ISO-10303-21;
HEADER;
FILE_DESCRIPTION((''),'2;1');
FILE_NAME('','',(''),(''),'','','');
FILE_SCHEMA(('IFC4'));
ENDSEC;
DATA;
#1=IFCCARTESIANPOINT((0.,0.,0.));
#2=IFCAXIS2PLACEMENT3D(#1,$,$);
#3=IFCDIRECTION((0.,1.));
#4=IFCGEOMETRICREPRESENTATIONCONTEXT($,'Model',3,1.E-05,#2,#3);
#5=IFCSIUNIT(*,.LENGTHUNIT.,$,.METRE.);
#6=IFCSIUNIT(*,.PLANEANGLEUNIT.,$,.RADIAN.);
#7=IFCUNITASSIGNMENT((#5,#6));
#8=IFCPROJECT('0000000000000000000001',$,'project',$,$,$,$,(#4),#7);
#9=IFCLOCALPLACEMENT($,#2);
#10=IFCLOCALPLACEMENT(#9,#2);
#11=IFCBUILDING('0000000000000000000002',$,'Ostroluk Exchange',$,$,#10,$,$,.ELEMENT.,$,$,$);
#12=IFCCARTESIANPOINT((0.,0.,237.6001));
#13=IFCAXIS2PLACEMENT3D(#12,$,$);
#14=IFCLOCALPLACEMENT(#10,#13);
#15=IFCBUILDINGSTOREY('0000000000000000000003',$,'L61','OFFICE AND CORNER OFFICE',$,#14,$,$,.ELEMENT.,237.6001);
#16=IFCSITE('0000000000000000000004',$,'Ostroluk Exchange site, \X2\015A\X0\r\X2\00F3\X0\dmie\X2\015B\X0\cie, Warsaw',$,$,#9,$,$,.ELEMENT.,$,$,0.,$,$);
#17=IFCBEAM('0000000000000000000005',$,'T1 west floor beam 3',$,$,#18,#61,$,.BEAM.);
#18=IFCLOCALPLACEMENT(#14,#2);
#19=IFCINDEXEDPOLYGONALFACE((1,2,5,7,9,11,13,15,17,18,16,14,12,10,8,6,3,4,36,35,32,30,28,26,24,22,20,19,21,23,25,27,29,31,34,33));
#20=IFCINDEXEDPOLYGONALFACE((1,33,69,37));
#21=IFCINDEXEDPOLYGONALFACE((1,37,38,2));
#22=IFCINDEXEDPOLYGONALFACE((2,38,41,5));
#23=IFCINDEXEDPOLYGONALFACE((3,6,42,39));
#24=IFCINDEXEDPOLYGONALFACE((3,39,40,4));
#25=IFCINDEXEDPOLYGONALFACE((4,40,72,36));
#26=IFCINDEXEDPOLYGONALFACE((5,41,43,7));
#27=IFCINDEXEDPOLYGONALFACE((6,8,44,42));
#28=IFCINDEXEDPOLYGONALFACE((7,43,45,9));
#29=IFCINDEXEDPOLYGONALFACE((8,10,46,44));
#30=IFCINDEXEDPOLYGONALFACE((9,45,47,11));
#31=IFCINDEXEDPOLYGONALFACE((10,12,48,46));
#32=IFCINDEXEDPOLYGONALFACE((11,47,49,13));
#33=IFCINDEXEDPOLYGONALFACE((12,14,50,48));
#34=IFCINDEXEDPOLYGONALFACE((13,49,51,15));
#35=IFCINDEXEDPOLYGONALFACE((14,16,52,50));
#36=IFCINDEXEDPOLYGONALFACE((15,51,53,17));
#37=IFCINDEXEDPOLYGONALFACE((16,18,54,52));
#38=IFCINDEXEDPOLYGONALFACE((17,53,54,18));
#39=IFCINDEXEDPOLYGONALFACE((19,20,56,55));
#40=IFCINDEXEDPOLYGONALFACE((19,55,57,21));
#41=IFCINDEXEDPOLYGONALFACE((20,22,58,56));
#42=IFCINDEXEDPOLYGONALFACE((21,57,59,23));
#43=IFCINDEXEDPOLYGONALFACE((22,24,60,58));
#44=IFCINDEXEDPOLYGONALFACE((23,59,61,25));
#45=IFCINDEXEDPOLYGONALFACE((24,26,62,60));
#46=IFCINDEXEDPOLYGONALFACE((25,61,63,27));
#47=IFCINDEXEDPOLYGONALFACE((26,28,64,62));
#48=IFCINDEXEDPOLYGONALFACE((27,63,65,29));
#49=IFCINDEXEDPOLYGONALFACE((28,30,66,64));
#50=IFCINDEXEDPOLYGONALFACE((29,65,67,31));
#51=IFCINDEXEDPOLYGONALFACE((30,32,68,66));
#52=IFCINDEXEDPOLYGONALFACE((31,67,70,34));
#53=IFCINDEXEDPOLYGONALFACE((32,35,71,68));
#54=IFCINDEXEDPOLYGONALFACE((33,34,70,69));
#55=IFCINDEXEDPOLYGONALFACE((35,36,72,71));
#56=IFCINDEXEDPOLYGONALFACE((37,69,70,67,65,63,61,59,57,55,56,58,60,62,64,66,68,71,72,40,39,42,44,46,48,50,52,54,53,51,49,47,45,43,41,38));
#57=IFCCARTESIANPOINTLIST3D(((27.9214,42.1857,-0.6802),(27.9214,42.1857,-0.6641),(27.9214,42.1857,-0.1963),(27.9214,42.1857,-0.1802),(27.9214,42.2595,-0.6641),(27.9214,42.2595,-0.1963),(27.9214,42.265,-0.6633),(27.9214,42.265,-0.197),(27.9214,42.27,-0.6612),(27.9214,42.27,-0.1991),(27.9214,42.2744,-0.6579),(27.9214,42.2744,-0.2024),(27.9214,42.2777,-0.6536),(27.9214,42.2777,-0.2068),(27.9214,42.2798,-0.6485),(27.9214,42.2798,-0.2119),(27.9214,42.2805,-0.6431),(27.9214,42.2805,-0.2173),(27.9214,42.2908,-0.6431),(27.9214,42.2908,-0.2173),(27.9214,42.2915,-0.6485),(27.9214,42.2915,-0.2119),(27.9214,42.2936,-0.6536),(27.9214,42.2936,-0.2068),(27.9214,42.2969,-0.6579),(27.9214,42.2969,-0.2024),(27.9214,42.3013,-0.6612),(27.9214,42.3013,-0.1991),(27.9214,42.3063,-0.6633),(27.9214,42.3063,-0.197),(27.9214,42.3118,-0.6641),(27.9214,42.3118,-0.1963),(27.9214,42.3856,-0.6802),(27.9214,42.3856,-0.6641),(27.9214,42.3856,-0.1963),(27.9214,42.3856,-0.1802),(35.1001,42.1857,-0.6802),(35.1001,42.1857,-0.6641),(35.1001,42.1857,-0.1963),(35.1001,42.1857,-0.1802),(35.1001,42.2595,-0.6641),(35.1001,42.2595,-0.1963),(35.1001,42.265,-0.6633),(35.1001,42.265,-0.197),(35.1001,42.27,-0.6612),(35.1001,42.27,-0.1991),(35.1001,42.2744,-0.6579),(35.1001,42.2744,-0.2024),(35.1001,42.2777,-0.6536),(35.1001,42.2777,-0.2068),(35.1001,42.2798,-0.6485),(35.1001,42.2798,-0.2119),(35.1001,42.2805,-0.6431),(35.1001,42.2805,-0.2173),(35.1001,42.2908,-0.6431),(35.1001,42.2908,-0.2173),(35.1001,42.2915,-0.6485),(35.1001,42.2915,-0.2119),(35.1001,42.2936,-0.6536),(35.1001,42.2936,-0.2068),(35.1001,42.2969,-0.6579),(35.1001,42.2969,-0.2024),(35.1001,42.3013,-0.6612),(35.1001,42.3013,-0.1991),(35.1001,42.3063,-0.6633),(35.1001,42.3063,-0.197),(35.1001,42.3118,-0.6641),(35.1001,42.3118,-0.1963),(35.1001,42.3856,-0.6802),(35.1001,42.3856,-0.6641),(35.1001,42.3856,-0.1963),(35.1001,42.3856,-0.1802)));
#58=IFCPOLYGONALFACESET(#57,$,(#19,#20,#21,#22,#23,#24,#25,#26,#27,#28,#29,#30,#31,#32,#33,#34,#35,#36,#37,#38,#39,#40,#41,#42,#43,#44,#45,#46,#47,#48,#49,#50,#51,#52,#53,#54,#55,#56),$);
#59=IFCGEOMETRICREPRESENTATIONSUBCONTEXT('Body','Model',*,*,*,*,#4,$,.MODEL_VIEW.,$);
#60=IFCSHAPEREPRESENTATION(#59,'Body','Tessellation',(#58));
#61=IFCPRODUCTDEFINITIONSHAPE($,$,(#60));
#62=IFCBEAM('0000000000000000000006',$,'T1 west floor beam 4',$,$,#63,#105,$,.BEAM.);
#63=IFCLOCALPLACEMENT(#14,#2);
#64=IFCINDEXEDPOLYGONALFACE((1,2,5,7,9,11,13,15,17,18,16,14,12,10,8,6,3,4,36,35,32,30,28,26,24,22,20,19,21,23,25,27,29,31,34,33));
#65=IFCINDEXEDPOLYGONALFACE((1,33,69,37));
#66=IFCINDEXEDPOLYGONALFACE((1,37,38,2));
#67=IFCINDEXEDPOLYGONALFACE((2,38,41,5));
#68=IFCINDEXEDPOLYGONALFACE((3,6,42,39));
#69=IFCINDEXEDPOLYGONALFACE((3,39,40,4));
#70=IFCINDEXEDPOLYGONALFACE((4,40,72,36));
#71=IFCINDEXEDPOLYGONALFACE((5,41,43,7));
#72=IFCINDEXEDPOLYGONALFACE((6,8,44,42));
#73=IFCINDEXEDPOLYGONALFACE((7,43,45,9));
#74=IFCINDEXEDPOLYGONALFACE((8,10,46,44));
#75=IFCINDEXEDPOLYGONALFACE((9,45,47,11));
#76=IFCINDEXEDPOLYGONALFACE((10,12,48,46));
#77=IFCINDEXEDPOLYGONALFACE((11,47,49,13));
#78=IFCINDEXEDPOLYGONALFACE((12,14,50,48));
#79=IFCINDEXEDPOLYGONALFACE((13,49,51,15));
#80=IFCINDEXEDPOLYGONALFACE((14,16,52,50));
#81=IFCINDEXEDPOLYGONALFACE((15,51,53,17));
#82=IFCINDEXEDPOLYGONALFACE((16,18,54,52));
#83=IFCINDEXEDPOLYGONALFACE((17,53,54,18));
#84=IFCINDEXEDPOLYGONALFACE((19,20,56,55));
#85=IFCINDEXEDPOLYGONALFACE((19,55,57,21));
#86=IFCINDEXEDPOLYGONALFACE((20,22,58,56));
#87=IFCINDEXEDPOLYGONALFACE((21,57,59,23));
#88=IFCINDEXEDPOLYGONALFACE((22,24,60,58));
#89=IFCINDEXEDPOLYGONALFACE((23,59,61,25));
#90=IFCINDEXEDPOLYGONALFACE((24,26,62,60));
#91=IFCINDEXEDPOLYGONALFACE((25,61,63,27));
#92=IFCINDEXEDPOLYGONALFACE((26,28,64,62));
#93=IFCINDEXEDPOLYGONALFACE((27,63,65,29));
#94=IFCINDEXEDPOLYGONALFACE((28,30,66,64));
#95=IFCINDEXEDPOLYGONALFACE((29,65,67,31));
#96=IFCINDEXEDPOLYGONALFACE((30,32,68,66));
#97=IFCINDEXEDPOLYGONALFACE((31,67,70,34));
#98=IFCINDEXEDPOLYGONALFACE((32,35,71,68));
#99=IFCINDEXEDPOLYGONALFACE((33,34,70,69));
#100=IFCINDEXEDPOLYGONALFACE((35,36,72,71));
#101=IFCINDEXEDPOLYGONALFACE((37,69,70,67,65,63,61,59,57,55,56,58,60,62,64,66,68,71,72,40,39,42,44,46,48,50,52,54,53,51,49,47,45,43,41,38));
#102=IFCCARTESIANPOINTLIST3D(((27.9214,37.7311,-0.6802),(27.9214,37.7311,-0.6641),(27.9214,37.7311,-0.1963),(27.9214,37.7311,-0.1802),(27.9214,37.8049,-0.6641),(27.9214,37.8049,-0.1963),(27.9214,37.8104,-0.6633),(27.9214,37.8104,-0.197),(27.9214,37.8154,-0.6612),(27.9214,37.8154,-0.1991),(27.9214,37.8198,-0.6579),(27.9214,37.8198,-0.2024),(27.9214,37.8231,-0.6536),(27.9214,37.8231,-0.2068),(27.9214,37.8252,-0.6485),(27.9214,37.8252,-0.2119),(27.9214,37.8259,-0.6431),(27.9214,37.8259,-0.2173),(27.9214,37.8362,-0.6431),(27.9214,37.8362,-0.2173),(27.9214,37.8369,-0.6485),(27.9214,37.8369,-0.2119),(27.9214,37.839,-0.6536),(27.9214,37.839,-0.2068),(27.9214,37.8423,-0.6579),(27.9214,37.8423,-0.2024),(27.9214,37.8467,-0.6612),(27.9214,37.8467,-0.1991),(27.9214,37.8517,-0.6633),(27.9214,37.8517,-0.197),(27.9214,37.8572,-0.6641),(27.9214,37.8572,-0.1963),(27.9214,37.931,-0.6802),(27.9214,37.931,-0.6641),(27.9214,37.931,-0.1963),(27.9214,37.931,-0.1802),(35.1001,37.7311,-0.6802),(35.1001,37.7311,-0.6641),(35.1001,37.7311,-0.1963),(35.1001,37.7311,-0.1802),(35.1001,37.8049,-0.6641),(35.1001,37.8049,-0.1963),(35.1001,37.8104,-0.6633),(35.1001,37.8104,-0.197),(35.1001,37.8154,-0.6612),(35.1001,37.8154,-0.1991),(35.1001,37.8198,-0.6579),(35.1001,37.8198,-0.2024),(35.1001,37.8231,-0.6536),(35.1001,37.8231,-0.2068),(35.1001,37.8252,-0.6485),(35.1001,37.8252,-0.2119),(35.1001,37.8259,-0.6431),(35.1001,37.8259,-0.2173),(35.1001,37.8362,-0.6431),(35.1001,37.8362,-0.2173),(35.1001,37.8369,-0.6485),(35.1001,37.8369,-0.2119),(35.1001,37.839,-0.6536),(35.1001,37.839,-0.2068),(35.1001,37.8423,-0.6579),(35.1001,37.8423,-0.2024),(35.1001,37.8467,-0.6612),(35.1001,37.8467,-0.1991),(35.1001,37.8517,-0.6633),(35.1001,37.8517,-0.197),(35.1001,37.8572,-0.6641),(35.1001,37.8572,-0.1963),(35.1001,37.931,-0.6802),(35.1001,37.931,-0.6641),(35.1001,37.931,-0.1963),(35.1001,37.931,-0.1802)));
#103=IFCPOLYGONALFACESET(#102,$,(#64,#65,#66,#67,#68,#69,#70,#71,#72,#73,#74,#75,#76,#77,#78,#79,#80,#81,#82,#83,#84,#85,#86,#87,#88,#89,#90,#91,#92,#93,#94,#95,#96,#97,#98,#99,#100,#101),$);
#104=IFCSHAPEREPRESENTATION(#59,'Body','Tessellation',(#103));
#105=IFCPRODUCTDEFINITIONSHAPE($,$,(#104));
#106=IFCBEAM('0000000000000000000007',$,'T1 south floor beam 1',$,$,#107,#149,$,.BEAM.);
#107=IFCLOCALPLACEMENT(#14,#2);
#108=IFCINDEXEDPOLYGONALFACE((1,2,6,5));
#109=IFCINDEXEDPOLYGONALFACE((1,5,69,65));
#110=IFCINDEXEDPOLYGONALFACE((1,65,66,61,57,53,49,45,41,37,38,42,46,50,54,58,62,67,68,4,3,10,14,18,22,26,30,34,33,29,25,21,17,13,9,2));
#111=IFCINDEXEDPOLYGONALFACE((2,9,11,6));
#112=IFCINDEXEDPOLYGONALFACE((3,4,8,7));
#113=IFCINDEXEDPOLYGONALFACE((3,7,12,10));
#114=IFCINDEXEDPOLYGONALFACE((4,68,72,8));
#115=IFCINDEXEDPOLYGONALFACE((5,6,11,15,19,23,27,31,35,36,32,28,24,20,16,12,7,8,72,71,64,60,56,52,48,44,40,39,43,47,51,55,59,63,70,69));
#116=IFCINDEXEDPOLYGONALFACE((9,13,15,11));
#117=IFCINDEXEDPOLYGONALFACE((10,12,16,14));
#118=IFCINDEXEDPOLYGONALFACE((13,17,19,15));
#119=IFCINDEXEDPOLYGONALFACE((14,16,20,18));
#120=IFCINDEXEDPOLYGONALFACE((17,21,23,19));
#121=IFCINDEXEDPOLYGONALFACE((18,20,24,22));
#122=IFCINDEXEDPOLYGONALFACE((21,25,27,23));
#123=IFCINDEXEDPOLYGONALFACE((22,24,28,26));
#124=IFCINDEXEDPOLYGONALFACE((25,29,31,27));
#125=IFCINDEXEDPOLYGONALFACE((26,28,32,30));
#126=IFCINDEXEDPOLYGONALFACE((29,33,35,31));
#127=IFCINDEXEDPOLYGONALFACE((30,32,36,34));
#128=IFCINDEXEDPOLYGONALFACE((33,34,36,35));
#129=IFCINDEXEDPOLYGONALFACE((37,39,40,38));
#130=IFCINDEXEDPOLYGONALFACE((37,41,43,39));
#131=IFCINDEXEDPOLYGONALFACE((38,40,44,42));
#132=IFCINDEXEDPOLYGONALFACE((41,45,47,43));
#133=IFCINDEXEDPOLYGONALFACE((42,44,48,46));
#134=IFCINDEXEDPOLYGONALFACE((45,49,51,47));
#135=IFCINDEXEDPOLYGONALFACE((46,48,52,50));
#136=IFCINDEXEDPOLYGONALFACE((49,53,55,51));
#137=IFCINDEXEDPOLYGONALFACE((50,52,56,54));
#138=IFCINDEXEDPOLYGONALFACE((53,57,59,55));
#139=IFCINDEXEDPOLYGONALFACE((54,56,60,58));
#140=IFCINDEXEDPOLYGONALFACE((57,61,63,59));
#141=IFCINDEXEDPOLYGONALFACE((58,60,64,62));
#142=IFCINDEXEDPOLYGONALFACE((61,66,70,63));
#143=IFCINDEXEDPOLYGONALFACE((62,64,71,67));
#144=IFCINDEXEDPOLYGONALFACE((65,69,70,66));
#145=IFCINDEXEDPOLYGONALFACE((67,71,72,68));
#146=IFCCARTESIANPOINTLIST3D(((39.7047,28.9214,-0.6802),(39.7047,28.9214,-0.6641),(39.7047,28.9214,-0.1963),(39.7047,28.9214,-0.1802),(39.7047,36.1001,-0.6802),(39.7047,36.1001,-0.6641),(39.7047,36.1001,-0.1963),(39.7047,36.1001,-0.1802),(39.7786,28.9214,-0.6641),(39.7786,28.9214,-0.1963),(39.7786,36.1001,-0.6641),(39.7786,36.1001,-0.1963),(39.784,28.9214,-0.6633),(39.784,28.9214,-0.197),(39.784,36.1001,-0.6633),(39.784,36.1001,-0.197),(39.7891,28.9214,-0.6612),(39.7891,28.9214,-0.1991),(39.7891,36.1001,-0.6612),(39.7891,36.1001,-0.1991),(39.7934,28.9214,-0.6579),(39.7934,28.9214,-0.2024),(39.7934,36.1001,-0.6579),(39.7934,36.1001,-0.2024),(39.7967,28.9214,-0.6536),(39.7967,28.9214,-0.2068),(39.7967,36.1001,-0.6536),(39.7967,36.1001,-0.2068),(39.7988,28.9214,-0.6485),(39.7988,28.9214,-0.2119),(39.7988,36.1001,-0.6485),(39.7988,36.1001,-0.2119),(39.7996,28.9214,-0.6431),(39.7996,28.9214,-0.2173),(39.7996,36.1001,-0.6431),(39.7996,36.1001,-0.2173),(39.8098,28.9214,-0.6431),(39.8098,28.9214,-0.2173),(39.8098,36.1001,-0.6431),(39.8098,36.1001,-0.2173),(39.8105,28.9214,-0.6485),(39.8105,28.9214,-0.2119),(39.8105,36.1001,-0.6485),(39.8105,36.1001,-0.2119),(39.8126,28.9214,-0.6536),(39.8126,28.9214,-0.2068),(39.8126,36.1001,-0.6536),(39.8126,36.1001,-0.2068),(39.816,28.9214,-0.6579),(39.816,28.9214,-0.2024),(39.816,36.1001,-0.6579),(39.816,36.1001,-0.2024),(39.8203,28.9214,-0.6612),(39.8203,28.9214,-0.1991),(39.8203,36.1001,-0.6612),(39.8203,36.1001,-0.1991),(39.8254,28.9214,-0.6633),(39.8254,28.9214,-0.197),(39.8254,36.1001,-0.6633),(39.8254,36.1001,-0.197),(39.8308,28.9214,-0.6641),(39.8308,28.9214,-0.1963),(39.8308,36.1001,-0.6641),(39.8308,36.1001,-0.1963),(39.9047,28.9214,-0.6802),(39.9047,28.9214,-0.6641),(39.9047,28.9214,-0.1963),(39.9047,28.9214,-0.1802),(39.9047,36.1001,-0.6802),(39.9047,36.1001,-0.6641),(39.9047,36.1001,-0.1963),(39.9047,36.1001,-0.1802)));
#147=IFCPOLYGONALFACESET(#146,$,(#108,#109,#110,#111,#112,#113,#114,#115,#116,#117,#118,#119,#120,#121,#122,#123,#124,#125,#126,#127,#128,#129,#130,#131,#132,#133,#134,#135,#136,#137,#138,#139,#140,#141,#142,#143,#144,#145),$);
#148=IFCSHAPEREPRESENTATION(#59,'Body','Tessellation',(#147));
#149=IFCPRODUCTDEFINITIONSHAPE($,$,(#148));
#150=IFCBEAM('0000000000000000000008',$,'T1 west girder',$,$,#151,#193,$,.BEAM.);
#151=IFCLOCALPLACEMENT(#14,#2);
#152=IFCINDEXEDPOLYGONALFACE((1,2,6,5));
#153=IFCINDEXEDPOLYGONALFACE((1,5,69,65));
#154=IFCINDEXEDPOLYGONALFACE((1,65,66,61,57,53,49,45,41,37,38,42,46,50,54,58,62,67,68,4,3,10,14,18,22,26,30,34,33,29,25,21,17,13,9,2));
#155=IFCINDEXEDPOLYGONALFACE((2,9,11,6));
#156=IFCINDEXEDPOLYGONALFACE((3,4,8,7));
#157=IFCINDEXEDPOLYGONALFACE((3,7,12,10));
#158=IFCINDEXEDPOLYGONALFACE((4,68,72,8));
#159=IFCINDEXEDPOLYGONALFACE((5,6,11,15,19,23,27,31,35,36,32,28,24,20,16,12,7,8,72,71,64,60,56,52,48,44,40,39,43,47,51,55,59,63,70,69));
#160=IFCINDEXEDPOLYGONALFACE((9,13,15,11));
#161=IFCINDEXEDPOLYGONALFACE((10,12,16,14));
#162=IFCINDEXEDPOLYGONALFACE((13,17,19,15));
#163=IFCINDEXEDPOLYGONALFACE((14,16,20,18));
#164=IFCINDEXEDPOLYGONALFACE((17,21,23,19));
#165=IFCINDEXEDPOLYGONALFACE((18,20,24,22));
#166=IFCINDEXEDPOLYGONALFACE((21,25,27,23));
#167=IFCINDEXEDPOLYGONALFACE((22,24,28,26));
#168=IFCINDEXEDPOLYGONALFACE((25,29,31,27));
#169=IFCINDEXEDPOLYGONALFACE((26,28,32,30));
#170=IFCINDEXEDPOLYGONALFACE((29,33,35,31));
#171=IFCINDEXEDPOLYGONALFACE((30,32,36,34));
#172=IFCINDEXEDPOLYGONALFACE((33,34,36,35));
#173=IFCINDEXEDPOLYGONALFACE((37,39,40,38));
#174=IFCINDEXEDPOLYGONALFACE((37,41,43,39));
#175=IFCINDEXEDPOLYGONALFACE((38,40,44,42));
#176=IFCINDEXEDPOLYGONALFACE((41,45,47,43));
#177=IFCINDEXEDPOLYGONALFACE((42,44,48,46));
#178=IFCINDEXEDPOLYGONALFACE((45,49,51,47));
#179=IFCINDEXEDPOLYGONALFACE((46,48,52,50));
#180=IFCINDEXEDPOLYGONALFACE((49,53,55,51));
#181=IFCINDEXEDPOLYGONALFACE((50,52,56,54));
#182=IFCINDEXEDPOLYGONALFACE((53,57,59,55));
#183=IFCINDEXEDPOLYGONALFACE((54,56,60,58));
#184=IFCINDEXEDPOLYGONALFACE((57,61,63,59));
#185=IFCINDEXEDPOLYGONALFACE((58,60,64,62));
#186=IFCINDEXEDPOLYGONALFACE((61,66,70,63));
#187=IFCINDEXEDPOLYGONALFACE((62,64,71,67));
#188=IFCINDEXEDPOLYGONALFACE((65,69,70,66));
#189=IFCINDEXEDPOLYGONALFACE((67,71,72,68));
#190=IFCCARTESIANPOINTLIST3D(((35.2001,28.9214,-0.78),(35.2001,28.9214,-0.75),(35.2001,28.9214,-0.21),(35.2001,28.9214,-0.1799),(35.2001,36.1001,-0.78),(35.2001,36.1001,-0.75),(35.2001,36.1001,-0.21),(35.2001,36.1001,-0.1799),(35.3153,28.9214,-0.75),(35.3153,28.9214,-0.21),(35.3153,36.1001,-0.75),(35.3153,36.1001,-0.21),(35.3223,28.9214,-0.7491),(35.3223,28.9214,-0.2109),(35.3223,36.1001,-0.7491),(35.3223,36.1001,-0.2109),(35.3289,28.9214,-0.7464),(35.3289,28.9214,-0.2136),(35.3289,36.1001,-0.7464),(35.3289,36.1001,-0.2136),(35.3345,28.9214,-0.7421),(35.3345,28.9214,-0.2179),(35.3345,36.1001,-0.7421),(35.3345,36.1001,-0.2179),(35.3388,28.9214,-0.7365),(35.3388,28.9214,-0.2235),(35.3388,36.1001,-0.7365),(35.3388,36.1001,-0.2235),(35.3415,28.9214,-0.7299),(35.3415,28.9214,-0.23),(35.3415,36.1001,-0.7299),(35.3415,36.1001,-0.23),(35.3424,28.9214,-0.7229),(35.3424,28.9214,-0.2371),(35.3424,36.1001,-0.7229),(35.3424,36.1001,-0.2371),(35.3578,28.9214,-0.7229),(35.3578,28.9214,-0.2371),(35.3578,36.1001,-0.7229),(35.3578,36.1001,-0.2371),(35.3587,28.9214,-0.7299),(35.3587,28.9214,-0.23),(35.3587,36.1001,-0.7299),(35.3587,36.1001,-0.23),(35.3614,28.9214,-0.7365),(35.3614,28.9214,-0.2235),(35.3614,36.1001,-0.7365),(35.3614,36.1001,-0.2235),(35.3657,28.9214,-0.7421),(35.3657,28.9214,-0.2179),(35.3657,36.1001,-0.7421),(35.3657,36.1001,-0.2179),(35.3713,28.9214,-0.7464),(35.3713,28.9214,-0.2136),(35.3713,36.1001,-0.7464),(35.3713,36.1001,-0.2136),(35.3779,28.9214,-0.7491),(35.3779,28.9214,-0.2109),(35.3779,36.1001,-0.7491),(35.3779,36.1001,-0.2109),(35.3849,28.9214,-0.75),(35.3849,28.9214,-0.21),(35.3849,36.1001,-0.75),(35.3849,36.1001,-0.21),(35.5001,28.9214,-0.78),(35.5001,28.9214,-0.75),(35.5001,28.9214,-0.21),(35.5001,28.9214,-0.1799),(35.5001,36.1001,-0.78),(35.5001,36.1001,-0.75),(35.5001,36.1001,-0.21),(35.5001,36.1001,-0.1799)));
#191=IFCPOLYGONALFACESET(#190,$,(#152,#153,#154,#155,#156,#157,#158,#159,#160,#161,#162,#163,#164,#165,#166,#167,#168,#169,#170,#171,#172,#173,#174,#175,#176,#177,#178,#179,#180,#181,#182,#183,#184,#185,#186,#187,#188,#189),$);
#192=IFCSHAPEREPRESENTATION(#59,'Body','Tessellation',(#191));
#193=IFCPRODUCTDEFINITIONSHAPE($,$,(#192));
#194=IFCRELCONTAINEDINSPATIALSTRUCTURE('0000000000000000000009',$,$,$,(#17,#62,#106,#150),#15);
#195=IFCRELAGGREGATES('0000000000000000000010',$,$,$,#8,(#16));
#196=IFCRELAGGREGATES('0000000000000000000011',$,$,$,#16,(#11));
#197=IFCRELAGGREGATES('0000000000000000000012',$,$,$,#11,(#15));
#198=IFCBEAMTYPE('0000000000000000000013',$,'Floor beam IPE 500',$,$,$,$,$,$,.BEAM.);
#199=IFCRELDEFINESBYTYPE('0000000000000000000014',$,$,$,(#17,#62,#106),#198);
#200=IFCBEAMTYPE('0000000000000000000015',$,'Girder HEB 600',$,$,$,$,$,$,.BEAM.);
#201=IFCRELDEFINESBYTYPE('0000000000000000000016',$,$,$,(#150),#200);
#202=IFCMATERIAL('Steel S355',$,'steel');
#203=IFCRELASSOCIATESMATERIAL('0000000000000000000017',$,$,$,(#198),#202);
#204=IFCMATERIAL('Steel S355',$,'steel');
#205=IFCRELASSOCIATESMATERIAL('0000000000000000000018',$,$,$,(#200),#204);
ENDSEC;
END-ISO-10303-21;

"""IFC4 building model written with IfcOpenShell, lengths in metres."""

from ifc_helpers import new_model, si_unit, direction, frame, origin, origin_2d, place, context, subcontext, project, spatial, i_section, extrude, material, material_profile, profile_set, type_object, element, save


model = new_model("IFC4")

# Units and contexts
model_context = context("Model", 3, precision=1e-05, world=origin(), true_north=direction((0.0, 1.0)))
body_context = subcontext(model_context, "Body", "Model", "MODEL_VIEW")
ifc_project = project(units=[si_unit("LENGTHUNIT", "METRE"), si_unit("PLANEANGLEUNIT", "RADIAN")], contexts=[model_context])

# Site, building, storey
site_placement = place(None, origin())
site = spatial("IfcSite", under=ifc_project, at=site_placement, Name="Ostroluk Exchange site, Śródmieście, Warsaw", CompositionType="ELEMENT", RefElevation=0.0)
building_placement = place(site_placement, origin())
building = spatial("IfcBuilding", under=site, at=building_placement, Name="Ostroluk Exchange", CompositionType="ELEMENT")
storey_placement = place(building_placement, frame((0.0, 0.0, 237.6001)))
storey = spatial("IfcBuildingStorey", under=building, at=storey_placement, Name="L61", Description="OFFICE AND CORNER OFFICE", CompositionType="ELEMENT", Elevation=237.6001)

# Beams
ifc_material_1 = material(Name="Steel S355", Category="steel")
ifc_material_profile_1 = material_profile(ifc_material_1, i_section(OverallWidth=0.2, OverallDepth=0.5, WebThickness=0.0103, FlangeThickness=0.0161, FilletRadius=0.021, at=origin_2d()), Name="IPE 500")
ifc_profile_set_1 = profile_set([ifc_material_profile_1], Name="Steel S355")
beam_type_1 = type_object("IfcBeamType", Name="Floor beam IPE 500", PredefinedType="BEAM", material=ifc_profile_set_1)
for number, where, z_axis, x_axis, name in (
    (1, (35.1001, 42.2856, -0.4302), (-1.0, 0.0, 0.0), (0.0, -1.0, 0.0), "T1 west floor beam 3"),
    (2, (35.1001, 37.8311, -0.4302), (-1.0, 0.0, 0.0), (0.0, -1.0, 0.0), "T1 west floor beam 4"),
    (3, (39.8047, 36.1001, -0.4302), (0.0, -1.0, 0.0), (1.0, 0.0, 0.0), "T1 south floor beam 1"),
):
    element("IfcBeam", number, at=place(storey_placement, frame(where, z_axis=z_axis, x_axis=x_axis)), inside=storey, type_object=beam_type_1, Name=name, PredefinedType="BEAM", context=body_context, shape_type="SweptSolid", body=[
        extrude(i_section(OverallWidth=0.2, OverallDepth=0.5, WebThickness=0.0103, FlangeThickness=0.0161, FilletRadius=0.021, at=origin_2d()), origin(), (0.0, 0.0, 1.0), 7.1787),
    ])
ifc_material_2 = material(Name="Steel S355", Category="steel")
ifc_material_profile_2 = material_profile(ifc_material_2, i_section(OverallWidth=0.3, OverallDepth=0.6001, WebThickness=0.0154, FlangeThickness=0.03, FilletRadius=0.0271, at=origin_2d()), Name="HEB 600")
ifc_profile_set_2 = profile_set([ifc_material_profile_2], Name="Steel S355")
beam_type_2 = type_object("IfcBeamType", Name="Girder HEB 600", PredefinedType="BEAM", material=ifc_profile_set_2)
beam_placement = place(storey_placement, frame((35.3501, 36.1001, -0.48), z_axis=(0.0, -1.0, 0.0), x_axis=(1.0, 0.0, 0.0)))
element("IfcBeam", 4, at=beam_placement, inside=storey, type_object=beam_type_2, Name="T1 west girder", PredefinedType="BEAM", context=body_context, shape_type="SweptSolid", body=[
    extrude(i_section(OverallWidth=0.3, OverallDepth=0.6001, WebThickness=0.0154, FlangeThickness=0.03, FilletRadius=0.0271, at=origin_2d()), origin(), (0.0, 0.0, 1.0), 7.1787),
])

save(model, "model.ifc")
